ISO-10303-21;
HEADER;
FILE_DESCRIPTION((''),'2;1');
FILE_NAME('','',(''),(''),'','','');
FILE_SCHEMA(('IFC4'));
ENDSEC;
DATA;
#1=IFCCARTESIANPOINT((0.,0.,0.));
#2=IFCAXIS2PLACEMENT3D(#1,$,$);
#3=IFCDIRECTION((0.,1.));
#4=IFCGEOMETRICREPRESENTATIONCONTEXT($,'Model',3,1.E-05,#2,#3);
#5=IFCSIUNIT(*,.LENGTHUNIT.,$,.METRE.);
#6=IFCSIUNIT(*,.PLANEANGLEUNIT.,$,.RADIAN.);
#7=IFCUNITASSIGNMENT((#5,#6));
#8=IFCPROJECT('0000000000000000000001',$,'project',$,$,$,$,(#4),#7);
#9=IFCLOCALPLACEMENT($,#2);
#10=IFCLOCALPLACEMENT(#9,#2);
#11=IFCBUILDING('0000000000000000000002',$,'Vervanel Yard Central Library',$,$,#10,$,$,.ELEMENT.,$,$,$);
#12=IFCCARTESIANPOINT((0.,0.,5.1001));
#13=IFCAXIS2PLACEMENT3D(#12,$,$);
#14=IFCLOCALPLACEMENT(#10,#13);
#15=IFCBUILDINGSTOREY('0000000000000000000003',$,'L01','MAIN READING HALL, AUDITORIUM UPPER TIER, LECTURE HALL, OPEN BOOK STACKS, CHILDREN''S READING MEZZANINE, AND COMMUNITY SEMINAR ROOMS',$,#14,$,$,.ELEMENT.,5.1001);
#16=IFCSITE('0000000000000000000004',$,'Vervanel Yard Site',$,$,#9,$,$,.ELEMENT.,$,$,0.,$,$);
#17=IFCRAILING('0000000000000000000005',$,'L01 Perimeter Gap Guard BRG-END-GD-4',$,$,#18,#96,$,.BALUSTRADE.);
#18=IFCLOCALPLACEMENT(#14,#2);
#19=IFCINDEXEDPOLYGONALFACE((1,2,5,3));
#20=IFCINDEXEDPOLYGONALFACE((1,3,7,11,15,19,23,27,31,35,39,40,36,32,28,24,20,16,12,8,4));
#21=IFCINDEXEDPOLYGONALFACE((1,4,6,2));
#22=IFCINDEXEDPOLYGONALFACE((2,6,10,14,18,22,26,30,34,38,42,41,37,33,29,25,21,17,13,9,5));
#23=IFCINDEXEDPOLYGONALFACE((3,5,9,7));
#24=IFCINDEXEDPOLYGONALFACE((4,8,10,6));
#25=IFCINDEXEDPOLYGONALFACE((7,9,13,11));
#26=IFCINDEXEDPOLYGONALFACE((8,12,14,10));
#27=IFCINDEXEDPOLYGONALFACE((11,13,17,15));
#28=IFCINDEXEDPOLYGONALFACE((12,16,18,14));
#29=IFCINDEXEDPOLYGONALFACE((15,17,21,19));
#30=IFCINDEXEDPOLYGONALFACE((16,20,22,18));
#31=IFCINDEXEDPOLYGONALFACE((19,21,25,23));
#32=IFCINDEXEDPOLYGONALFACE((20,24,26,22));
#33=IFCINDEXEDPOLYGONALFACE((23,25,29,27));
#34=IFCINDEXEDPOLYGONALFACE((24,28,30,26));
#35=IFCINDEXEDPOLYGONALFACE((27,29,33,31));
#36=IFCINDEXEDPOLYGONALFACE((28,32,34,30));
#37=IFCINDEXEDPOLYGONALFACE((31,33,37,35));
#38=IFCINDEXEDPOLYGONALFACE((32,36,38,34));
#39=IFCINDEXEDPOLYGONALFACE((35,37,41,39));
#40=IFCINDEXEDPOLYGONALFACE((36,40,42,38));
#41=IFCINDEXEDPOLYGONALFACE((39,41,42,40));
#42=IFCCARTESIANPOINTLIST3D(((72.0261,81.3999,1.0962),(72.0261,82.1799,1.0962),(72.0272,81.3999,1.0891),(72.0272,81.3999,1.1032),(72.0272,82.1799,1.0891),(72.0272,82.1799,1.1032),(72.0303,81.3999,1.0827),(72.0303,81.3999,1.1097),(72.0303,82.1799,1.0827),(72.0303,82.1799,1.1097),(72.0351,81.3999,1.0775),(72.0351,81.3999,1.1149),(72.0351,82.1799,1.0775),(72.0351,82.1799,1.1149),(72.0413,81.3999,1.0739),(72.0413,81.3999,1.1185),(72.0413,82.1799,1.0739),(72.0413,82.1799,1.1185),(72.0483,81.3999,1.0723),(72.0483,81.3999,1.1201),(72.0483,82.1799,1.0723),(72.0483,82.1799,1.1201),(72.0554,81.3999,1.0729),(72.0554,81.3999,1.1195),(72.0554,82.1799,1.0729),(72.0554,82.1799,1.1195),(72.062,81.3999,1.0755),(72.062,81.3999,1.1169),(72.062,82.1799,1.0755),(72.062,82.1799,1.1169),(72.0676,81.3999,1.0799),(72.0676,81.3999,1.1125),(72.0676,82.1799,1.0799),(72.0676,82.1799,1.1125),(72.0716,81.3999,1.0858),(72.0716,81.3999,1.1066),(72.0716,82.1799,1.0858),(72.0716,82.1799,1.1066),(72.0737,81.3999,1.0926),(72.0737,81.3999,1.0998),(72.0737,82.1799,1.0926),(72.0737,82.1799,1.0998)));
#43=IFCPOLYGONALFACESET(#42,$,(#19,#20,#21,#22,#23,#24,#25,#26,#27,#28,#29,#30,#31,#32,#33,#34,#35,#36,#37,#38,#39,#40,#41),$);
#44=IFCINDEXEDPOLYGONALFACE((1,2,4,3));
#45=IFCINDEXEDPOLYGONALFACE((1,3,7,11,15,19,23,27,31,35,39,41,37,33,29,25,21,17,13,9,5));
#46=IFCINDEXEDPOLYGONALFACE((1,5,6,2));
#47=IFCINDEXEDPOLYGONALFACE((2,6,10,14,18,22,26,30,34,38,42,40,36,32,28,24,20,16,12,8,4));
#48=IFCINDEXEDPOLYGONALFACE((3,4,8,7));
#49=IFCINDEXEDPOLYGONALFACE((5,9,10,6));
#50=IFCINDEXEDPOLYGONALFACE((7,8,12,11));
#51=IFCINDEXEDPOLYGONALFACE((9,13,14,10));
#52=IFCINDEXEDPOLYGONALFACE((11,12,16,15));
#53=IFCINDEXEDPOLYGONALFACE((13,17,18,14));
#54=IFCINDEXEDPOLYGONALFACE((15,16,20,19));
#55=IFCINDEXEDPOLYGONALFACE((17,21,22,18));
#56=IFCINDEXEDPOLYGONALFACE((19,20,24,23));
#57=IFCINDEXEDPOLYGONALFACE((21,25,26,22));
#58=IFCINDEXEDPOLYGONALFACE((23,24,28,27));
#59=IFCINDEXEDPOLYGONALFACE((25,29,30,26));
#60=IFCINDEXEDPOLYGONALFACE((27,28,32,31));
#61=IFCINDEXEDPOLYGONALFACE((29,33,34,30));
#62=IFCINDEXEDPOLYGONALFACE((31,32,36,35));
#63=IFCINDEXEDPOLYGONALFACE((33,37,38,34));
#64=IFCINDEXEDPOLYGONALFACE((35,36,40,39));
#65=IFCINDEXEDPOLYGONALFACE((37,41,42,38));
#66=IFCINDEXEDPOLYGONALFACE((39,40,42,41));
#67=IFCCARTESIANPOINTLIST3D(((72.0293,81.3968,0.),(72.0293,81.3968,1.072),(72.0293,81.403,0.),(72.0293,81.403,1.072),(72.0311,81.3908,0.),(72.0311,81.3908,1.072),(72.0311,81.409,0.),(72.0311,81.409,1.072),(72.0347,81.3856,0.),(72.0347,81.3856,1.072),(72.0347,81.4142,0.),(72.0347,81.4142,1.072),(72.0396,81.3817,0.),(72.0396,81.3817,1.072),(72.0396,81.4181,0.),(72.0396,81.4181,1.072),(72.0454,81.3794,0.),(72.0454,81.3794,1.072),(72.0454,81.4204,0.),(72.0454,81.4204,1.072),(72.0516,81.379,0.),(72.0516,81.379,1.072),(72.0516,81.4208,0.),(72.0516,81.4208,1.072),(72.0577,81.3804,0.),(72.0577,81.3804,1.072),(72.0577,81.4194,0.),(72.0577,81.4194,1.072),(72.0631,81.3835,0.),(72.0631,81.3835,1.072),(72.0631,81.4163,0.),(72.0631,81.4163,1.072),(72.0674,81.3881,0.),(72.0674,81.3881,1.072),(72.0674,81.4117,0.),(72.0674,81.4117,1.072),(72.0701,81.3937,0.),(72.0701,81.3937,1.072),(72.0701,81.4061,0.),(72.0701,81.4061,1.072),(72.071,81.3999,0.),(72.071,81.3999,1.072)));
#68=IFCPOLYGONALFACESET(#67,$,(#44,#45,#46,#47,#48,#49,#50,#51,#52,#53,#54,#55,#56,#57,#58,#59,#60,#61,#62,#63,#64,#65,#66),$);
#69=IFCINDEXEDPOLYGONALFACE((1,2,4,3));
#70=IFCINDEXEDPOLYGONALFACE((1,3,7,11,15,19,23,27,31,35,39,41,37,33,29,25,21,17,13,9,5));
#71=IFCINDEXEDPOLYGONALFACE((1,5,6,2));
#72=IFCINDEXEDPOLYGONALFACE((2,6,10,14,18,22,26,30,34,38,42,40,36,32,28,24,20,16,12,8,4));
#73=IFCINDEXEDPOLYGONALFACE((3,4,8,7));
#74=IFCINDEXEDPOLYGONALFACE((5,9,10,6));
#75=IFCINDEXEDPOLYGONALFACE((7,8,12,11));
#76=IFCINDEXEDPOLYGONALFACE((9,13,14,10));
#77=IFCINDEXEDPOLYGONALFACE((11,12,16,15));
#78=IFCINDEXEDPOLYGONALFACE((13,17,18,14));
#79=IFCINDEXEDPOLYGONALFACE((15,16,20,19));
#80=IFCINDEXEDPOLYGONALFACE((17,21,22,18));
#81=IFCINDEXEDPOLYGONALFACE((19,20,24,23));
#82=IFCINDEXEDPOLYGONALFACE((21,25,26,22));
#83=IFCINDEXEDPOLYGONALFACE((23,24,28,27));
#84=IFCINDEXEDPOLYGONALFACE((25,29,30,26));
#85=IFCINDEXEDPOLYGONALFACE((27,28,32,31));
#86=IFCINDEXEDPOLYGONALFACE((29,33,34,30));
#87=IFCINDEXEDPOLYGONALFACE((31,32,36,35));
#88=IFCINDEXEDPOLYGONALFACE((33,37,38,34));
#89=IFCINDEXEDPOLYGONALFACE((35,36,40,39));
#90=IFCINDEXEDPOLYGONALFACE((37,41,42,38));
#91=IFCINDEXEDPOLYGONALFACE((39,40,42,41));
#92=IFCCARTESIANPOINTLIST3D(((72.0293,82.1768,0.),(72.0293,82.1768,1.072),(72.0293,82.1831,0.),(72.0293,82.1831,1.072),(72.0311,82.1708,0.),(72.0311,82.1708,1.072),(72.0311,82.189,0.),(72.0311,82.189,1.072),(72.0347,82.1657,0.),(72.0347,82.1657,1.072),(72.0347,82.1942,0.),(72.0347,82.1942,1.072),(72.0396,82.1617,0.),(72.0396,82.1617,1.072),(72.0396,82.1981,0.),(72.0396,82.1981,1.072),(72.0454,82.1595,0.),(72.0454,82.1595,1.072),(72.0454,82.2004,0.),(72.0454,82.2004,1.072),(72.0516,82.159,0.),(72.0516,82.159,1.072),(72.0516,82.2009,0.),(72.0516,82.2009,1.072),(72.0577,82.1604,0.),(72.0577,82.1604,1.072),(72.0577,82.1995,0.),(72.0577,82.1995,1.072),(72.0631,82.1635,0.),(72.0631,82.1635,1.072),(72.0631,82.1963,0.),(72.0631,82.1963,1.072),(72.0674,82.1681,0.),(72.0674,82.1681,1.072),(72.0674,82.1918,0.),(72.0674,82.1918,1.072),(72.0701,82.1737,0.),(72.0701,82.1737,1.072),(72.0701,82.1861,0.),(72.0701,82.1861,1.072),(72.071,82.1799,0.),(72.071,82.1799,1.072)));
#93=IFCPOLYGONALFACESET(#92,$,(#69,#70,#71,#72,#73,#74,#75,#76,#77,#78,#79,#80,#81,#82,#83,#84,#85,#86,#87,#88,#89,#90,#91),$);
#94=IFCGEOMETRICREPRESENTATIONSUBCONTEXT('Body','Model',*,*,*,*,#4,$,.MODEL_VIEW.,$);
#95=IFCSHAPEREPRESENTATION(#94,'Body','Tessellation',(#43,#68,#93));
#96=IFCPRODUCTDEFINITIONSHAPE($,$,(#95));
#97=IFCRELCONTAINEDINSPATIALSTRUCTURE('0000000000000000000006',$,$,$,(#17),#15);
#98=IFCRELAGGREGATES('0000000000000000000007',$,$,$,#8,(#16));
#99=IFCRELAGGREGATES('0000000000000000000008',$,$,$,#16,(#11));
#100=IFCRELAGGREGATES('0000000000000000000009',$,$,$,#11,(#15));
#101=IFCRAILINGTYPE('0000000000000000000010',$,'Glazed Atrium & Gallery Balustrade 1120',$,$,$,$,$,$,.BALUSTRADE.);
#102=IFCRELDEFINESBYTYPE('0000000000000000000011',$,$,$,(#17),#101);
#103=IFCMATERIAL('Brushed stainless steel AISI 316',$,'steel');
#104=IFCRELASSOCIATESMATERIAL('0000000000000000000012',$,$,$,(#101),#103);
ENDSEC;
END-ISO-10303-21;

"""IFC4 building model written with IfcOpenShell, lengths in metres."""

from ifc_helpers import new_model, si_unit, direction, frame, origin, origin_2d, place, context, subcontext, project, spatial, circle, extrude, material, type_object, element, save


model = new_model("IFC4")

# Units and contexts
model_context = context("Model", 3, precision=1e-05, world=origin(), true_north=direction((0.0, 1.0)))
body_context = subcontext(model_context, "Body", "Model", "MODEL_VIEW")
ifc_project = project(units=[si_unit("LENGTHUNIT", "METRE"), si_unit("PLANEANGLEUNIT", "RADIAN")], contexts=[model_context])

# Site, building, storey
site_placement = place(None, origin())
site = spatial("IfcSite", under=ifc_project, at=site_placement, Name="Vervanel Yard Site", CompositionType="ELEMENT", RefElevation=0.0)
building_placement = place(site_placement, origin())
building = spatial("IfcBuilding", under=site, at=building_placement, Name="Vervanel Yard Central Library", CompositionType="ELEMENT")
storey_placement = place(building_placement, frame((0.0, 0.0, 5.1001)))
storey = spatial("IfcBuildingStorey", under=building, at=storey_placement, Name="L01", Description="MAIN READING HALL, AUDITORIUM UPPER TIER, LECTURE HALL, OPEN BOOK STACKS, CHILDREN'S READING MEZZANINE, AND COMMUNITY SEMINAR ROOMS", CompositionType="ELEMENT", Elevation=5.1001)

# Railing
ifc_material_1 = material(Name="Brushed stainless steel AISI 316", Category="steel")
railing_type = type_object("IfcRailingType", Name="Glazed Atrium & Gallery Balustrade 1120", PredefinedType="BALUSTRADE", material=ifc_material_1)
for number, where, name in (
    (1, (72.05, 81.3999, 0.0), "L01 Perimeter Gap Guard BRG-END-GD-4"),
):
    element("IfcRailing", number, at=place(storey_placement, frame(where)), inside=storey, type_object=railing_type, Name=name, PredefinedType="BALUSTRADE", context=body_context, shape_type="SweptSolid", body=[
        extrude(circle(Radius=0.0239, at=origin_2d()), frame((0.0, 0.0, 1.0962), z_axis=(0.0, 1.0, 0.0), x_axis=(-1.0, 0.0, 0.0)), (0.0, 0.0, 1.0), 0.78),
        extrude(circle(Radius=0.021, at=origin_2d()), origin(), (0.0, 0.0, 1.0), 1.072),
        extrude(circle(Radius=0.021, at=origin_2d()), frame((0.0, 0.78, 0.0)), (0.0, 0.0, 1.0), 1.072),
    ])

save(model, "model.ifc")
